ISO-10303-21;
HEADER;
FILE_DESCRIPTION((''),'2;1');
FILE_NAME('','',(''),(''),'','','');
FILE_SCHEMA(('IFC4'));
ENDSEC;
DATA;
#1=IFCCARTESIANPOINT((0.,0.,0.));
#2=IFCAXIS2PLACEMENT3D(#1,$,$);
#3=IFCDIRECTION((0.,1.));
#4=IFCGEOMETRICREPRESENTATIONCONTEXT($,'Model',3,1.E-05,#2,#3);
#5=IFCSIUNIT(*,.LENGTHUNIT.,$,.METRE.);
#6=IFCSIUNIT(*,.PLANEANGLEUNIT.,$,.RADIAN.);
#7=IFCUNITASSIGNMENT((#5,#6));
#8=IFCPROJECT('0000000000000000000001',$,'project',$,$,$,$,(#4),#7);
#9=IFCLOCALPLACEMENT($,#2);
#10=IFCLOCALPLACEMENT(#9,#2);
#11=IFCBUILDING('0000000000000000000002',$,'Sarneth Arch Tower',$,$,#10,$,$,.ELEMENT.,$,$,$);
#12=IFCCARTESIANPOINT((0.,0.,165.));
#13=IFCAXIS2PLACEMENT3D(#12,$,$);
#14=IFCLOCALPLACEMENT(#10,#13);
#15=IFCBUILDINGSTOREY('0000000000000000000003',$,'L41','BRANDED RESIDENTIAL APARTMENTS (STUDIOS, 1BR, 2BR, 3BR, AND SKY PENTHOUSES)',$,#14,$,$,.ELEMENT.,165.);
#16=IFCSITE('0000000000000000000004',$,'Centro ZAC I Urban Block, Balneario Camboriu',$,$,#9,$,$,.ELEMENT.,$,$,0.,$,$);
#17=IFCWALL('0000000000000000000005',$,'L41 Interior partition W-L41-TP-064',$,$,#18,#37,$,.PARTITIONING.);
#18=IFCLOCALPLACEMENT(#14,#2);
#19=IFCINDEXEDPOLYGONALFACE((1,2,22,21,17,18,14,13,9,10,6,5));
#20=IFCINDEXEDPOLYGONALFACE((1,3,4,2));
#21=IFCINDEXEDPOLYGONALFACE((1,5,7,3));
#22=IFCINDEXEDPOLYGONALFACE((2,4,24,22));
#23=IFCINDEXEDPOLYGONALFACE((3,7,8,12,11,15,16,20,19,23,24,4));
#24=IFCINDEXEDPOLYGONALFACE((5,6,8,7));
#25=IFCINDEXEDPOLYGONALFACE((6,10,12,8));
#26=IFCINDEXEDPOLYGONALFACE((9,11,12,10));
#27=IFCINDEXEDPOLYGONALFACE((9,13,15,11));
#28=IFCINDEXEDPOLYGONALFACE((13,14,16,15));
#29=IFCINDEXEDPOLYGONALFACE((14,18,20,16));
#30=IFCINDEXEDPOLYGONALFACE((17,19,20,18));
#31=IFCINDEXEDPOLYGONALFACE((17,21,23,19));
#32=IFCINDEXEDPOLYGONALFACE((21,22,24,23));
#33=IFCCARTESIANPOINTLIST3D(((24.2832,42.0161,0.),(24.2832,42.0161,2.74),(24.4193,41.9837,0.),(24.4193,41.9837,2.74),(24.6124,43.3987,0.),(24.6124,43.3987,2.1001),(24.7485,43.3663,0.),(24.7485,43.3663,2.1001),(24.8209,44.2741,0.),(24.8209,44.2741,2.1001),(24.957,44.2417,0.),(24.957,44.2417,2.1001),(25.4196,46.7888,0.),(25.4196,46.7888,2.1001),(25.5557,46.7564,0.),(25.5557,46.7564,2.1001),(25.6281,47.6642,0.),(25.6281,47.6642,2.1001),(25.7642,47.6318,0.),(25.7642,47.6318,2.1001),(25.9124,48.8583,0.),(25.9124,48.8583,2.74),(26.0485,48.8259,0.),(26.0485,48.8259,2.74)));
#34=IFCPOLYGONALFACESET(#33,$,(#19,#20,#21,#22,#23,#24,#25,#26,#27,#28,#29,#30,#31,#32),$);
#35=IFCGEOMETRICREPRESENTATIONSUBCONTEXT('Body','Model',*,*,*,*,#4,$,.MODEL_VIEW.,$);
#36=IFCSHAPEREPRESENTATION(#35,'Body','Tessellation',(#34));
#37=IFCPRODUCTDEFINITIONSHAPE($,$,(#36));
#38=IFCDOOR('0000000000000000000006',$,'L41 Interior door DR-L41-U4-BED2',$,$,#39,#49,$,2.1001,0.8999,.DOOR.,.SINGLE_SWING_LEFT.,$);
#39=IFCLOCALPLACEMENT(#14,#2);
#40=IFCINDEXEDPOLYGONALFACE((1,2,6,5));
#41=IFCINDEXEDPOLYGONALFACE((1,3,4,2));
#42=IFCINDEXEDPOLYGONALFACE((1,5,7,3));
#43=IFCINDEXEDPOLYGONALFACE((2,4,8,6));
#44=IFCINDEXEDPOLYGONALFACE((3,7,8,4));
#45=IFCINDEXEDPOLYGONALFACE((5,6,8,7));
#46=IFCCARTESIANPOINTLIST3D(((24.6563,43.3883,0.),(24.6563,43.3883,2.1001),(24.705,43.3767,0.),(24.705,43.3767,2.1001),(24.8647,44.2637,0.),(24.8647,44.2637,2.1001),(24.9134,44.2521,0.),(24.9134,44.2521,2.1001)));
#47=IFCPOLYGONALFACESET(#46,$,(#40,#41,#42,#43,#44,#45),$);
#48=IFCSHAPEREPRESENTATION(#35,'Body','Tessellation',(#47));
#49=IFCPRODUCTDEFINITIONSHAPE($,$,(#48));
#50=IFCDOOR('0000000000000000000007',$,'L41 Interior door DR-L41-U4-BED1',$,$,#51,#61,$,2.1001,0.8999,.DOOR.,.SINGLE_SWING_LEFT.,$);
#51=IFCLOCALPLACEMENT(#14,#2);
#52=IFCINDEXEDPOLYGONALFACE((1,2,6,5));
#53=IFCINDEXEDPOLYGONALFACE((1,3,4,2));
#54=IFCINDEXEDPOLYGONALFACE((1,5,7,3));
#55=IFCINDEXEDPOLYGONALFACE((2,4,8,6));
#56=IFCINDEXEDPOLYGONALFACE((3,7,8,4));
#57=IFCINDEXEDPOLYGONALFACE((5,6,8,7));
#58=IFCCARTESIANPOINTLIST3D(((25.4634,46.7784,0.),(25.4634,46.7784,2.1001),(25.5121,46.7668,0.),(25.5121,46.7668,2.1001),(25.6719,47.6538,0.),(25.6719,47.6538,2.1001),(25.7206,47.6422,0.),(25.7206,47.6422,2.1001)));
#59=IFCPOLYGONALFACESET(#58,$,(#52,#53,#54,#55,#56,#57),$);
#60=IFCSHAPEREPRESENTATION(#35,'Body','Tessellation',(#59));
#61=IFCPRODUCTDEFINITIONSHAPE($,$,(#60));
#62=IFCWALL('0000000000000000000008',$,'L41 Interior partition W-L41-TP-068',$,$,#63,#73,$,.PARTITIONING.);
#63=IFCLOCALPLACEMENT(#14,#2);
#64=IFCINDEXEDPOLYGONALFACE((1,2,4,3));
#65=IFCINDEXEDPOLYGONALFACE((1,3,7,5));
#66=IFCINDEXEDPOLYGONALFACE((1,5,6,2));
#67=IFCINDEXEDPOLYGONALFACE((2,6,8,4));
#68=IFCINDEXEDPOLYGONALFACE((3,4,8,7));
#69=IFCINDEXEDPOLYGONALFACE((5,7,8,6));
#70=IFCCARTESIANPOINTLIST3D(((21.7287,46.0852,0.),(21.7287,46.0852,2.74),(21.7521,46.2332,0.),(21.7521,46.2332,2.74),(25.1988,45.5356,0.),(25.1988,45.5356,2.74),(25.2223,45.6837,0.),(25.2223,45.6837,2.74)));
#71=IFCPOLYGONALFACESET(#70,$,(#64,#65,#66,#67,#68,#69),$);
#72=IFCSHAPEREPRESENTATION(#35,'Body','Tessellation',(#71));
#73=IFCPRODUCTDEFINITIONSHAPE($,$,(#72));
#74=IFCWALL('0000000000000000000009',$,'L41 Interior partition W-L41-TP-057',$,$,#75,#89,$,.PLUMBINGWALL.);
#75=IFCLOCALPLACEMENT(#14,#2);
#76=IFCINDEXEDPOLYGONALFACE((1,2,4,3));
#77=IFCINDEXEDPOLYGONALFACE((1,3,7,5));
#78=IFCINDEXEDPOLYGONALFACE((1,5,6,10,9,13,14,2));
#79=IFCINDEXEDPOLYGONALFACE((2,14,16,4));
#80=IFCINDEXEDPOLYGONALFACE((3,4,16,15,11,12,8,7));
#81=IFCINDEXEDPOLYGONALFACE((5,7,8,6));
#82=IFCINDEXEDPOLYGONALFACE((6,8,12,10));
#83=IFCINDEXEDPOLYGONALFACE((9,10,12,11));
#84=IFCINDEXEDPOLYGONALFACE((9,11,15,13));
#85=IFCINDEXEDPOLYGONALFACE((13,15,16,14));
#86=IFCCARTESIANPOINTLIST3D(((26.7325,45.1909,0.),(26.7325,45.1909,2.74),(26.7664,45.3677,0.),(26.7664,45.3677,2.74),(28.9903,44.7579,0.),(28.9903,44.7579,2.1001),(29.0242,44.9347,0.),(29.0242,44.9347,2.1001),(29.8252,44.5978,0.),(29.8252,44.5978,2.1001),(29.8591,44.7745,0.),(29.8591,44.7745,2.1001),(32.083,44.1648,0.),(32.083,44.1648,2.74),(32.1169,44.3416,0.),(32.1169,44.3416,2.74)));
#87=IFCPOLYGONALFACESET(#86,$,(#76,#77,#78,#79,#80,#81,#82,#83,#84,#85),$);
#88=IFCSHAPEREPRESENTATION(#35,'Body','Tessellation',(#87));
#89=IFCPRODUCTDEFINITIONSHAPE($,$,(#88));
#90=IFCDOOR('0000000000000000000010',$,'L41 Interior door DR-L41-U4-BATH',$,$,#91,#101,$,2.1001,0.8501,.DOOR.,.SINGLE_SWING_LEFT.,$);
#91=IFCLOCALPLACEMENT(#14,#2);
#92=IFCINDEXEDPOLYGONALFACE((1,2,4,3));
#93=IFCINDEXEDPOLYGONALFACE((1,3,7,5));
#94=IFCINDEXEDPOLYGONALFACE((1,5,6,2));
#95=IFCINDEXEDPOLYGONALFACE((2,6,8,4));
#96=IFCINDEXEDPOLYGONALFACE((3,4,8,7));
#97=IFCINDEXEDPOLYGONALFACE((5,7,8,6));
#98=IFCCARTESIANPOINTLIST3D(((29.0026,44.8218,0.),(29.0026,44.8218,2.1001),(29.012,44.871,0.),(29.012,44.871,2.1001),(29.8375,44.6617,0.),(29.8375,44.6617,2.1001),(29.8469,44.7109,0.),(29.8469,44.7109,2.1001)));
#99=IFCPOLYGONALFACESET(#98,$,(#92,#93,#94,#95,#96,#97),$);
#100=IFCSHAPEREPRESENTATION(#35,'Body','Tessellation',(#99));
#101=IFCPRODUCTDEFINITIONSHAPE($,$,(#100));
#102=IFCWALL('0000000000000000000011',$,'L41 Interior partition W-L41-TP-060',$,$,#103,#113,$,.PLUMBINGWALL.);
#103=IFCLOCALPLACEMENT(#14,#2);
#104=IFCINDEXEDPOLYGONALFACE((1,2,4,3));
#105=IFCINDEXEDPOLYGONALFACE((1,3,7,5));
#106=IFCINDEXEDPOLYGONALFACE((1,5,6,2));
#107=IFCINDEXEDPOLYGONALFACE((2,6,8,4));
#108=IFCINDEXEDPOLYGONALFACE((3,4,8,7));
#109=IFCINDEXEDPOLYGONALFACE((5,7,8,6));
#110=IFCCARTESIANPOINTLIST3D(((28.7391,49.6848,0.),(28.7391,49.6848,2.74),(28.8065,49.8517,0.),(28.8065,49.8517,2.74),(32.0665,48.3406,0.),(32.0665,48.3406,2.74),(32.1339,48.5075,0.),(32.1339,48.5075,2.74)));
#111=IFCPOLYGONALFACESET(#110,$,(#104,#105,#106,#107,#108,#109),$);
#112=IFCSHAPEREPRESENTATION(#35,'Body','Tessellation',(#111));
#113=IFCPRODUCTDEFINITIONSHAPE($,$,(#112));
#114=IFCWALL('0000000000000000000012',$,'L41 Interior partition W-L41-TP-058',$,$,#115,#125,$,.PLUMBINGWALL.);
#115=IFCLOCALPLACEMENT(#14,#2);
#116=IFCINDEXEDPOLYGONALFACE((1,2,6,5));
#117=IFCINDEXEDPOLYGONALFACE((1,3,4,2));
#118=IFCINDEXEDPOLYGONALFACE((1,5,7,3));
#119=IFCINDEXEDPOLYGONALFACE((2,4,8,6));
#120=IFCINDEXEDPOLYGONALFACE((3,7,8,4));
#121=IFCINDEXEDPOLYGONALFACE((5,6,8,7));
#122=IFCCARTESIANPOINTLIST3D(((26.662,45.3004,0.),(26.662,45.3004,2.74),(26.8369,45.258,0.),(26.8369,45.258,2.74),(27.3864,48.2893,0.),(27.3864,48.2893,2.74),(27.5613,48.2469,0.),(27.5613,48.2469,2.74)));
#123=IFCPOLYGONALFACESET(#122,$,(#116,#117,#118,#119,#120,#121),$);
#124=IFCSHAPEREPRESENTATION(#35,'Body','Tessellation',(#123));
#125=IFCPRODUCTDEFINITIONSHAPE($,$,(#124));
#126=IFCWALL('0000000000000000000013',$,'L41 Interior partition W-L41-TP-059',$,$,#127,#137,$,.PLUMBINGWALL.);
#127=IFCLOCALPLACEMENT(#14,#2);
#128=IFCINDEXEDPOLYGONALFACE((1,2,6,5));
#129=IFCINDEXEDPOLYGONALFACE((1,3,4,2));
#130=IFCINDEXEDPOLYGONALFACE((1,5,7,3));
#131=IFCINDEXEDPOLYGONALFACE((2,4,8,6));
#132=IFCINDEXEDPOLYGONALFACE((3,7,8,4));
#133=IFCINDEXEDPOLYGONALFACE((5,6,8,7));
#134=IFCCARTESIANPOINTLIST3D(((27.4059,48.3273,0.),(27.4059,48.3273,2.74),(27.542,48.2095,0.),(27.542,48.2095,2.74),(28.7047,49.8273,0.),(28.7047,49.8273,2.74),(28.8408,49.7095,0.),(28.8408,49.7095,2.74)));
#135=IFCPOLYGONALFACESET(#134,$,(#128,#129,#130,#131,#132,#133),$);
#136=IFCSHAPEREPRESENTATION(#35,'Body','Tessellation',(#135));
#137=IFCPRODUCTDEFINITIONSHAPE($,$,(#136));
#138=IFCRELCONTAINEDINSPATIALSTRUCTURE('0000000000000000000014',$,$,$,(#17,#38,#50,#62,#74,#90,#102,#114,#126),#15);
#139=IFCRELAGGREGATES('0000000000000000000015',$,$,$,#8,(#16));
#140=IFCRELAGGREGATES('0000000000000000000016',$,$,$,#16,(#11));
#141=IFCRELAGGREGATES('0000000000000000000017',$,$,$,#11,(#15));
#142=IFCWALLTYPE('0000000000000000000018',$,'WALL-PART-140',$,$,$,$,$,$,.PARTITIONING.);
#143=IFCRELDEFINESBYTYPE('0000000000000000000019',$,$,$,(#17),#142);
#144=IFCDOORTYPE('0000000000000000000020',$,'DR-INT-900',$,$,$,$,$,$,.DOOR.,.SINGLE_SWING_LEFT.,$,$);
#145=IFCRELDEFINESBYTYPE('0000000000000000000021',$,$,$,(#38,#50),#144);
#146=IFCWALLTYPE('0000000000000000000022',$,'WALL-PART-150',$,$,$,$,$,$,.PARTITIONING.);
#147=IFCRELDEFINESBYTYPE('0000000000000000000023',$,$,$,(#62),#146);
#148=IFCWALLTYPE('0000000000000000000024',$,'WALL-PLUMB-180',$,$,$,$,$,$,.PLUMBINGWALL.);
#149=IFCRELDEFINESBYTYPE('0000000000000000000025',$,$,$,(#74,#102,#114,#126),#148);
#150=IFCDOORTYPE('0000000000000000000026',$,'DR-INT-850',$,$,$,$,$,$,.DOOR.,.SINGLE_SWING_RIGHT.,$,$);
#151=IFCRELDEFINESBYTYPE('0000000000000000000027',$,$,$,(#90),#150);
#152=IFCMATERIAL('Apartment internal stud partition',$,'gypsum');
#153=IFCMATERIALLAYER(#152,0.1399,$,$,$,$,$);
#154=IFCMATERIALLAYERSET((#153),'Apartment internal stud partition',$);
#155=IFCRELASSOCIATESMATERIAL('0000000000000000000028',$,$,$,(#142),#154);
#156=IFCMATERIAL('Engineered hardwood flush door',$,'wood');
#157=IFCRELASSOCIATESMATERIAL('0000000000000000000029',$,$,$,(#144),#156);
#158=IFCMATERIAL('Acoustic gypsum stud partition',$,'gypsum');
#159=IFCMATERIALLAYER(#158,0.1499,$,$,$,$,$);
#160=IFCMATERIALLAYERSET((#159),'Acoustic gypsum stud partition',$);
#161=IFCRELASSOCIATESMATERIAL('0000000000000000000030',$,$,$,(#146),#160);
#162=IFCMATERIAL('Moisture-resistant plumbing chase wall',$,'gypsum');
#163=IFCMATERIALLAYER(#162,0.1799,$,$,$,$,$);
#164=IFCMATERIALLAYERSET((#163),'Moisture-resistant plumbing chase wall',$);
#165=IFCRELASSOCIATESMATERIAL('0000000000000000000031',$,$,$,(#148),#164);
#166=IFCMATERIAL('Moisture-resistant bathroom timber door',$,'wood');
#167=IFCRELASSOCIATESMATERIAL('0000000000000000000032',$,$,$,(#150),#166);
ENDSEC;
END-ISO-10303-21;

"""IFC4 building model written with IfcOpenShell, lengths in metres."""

from ifc_helpers import new_model, si_unit, direction, frame, frame_2d, origin, place, context, subcontext, project, spatial, rectangle, extrude, material, layer, layer_set, type_object, element, fill, save


model = new_model("IFC4")

# Units and contexts
model_context = context("Model", 3, precision=1e-05, world=origin(), true_north=direction((0.0, 1.0)))
body_context = subcontext(model_context, "Body", "Model", "MODEL_VIEW")
ifc_project = project(units=[si_unit("LENGTHUNIT", "METRE"), si_unit("PLANEANGLEUNIT", "RADIAN")], contexts=[model_context])

# Site, building, storey
site_placement = place(None, origin())
site = spatial("IfcSite", under=ifc_project, at=site_placement, Name="Centro ZAC I Urban Block, Balneario Camboriu", CompositionType="ELEMENT", RefElevation=0.0)
building_placement = place(site_placement, origin())
building = spatial("IfcBuilding", under=site, at=building_placement, Name="Sarneth Arch Tower", CompositionType="ELEMENT")
storey_placement = place(building_placement, frame((0.0, 0.0, 165.0)))
storey = spatial("IfcBuildingStorey", under=building, at=storey_placement, Name="L41", Description="BRANDED RESIDENTIAL APARTMENTS (STUDIOS, 1BR, 2BR, 3BR, AND SKY PENTHOUSES)", CompositionType="ELEMENT", Elevation=165.0)

# Wall, openings, doors
ifc_material_1 = material(Name="Apartment internal stud partition", Category="gypsum")
ifc_layer_1 = layer(ifc_material_1, 0.1399)
ifc_layer_set_1 = layer_set([ifc_layer_1], Name="Apartment internal stud partition")
wall_type_1 = type_object("IfcWallType", Name="WALL-PART-140", PredefinedType="PARTITIONING", material=ifc_layer_set_1)
wall_1_placement = place(storey_placement, frame((24.3513, 42.0, 0.0), z_axis=(0.0, 0.0, 1.0), x_axis=(0.231625, 0.972805, 0.0)))
wall_1 = element("IfcWall", 1, at=wall_1_placement, inside=storey, type_object=wall_type_1, Name="L41 Interior partition W-L41-TP-064", PredefinedType="PARTITIONING", context=body_context, shape_type="SweptSolid", body=[
    extrude(rectangle(XDim=7.0334, YDim=0.1399, at=frame_2d((3.5166, 0.0))), origin(), (0.0, 0.0, 1.0), 2.74),
])
opening_1_placement = place(wall_1_placement, frame((1.4211, 0.0, 0.0)))
opening_1 = element("IfcOpeningElement", 2, at=opening_1_placement, cuts=wall_1, PredefinedType="OPENING", context=body_context, shape_type="SweptSolid", body=[
    extrude(rectangle(XDim=0.8999, YDim=2.1001, at=frame_2d((0.45, 1.05))), frame((0.0, 0.0798, 0.0), z_axis=(0.0, -1.0, 0.0), x_axis=(1.0, 0.0, 0.0)), (0.0, 0.0, 1.0), 0.1599),
])
opening_2_placement = place(wall_1_placement, frame((4.906, 0.0, 0.0)))
opening_2 = element("IfcOpeningElement", 3, at=opening_2_placement, cuts=wall_1, PredefinedType="OPENING", context=body_context, shape_type="SweptSolid", body=[
    extrude(rectangle(XDim=0.8999, YDim=2.1001, at=frame_2d((0.45, 1.05))), frame((0.0, 0.0798, 0.0), z_axis=(0.0, -1.0, 0.0), x_axis=(1.0, 0.0, 0.0)), (0.0, 0.0, 1.0), 0.1599),
])
ifc_material_2 = material(Name="Engineered hardwood flush door", Category="wood")
door_type_1 = type_object("IfcDoorType", Name="DR-INT-900", OperationType="SINGLE_SWING_LEFT", PredefinedType="DOOR", material=ifc_material_2)
door_1_placement = place(opening_1_placement, origin())
door_1 = element("IfcDoor", 4, at=door_1_placement, inside=storey, type_object=door_type_1, Name="L41 Interior door DR-L41-U4-BED2", OperationType="SINGLE_SWING_LEFT", OverallHeight=2.1001, OverallWidth=0.8999, PredefinedType="DOOR", context=body_context, shape_type="SweptSolid", body=[
    extrude(rectangle(XDim=0.8999, YDim=2.1001, at=frame_2d((0.45, 1.05))), frame((0.0, 0.0249, 0.0), z_axis=(0.0, -1.0, 0.0), x_axis=(1.0, 0.0, 0.0)), (0.0, 0.0, 1.0), 0.05),
])
fill(opening_1, door_1)
door_2_placement = place(opening_2_placement, origin())
door_2 = element("IfcDoor", 5, at=door_2_placement, inside=storey, type_object=door_type_1, Name="L41 Interior door DR-L41-U4-BED1", OperationType="SINGLE_SWING_LEFT", OverallHeight=2.1001, OverallWidth=0.8999, PredefinedType="DOOR", context=body_context, shape_type="SweptSolid", body=[
    extrude(rectangle(XDim=0.8999, YDim=2.1001, at=frame_2d((0.45, 1.05))), frame((0.0, 0.0249, 0.0), z_axis=(0.0, -1.0, 0.0), x_axis=(1.0, 0.0, 0.0)), (0.0, 0.0, 1.0), 0.05),
])
fill(opening_2, door_2)

# Wall
ifc_material_3 = material(Name="Acoustic gypsum stud partition", Category="gypsum")
ifc_layer_2 = layer(ifc_material_3, 0.1499)
ifc_layer_set_2 = layer_set([ifc_layer_2], Name="Acoustic gypsum stud partition")
wall_type_2 = type_object("IfcWallType", Name="WALL-PART-150", PredefinedType="PARTITIONING", material=ifc_layer_set_2)
wall_2_placement = place(storey_placement, frame((25.2107, 45.6096, 0.0), z_axis=(0.0, 0.0, 1.0), x_axis=(-0.987691, 0.156416, 0.0)))
element("IfcWall", 6, at=wall_2_placement, inside=storey, type_object=wall_type_2, Name="L41 Interior partition W-L41-TP-068", PredefinedType="PARTITIONING", context=body_context, shape_type="SweptSolid", body=[
    extrude(rectangle(XDim=3.5134, YDim=0.1499, at=frame_2d((1.7568, 0.0))), origin(), (0.0, 0.0, 1.0), 2.74),
])

# Wall, opening, door
ifc_material_4 = material(Name="Moisture-resistant plumbing chase wall", Category="gypsum")
ifc_layer_3 = layer(ifc_material_4, 0.1799)
ifc_layer_set_3 = layer_set([ifc_layer_3], Name="Moisture-resistant plumbing chase wall")
wall_type_3 = type_object("IfcWallType", Name="WALL-PLUMB-180", PredefinedType="PLUMBINGWALL", material=ifc_layer_set_3)
wall_3_placement = place(storey_placement, frame((32.1001, 44.2532, 0.0), z_axis=(0.0, 0.0, 1.0), x_axis=(-0.982103, 0.188345, 0.0)))
wall_3 = element("IfcWall", 7, at=wall_3_placement, inside=storey, type_object=wall_type_3, Name="L41 Interior partition W-L41-TP-057", PredefinedType="PLUMBINGWALL", context=body_context, shape_type="SweptSolid", body=[
    extrude(rectangle(XDim=5.448, YDim=0.1799, at=frame_2d((2.7241, 0.0))), origin(), (0.0, 0.0, 1.0), 2.74),
])
opening_3_placement = place(wall_3_placement, frame((2.2991, 0.0, 0.0)))
opening_3 = element("IfcOpeningElement", 8, at=opening_3_placement, cuts=wall_3, PredefinedType="OPENING", context=body_context, shape_type="SweptSolid", body=[
    extrude(rectangle(XDim=0.8501, YDim=2.1001, at=frame_2d((0.425, 1.05))), frame((0.0, 0.0999, 0.0), z_axis=(0.0, -1.0, 0.0), x_axis=(1.0, 0.0, 0.0)), (0.0, 0.0, 1.0), 0.2),
])
ifc_material_5 = material(Name="Moisture-resistant bathroom timber door", Category="wood")
door_type_2 = type_object("IfcDoorType", Name="DR-INT-850", OperationType="SINGLE_SWING_RIGHT", PredefinedType="DOOR", material=ifc_material_5)
door_3_placement = place(opening_3_placement, origin())
door_3 = element("IfcDoor", 9, at=door_3_placement, inside=storey, type_object=door_type_2, Name="L41 Interior door DR-L41-U4-BATH", OperationType="SINGLE_SWING_LEFT", OverallHeight=2.1001, OverallWidth=0.8501, PredefinedType="DOOR", context=body_context, shape_type="SweptSolid", body=[
    extrude(rectangle(XDim=0.8501, YDim=2.1001, at=frame_2d((0.425, 1.05))), frame((0.0, 0.0249, 0.0), z_axis=(0.0, -1.0, 0.0), x_axis=(1.0, 0.0, 0.0)), (0.0, 0.0, 1.0), 0.05),
])
fill(opening_3, door_3)

# Walls
wall_4_placement = place(storey_placement, frame((28.7727, 49.7683, 0.0), z_axis=(0.0, 0.0, 1.0), x_axis=(0.927195, -0.374579, 0.0)))
element("IfcWall", 10, at=wall_4_placement, inside=storey, type_object=wall_type_3, Name="L41 Interior partition W-L41-TP-060", PredefinedType="PLUMBINGWALL", context=body_context, shape_type="SweptSolid", body=[
    extrude(rectangle(XDim=3.5886, YDim=0.1799, at=frame_2d((1.7944, 0.0))), origin(), (0.0, 0.0, 1.0), 2.74),
])
wall_5_placement = place(storey_placement, frame((26.7495, 45.2793, 0.0), z_axis=(0.0, 0.0, 1.0), x_axis=(0.235525, 0.971868, 0.0)))
element("IfcWall", 11, at=wall_5_placement, inside=storey, type_object=wall_type_3, Name="L41 Interior partition W-L41-TP-058", PredefinedType="PLUMBINGWALL", context=body_context, shape_type="SweptSolid", body=[
    extrude(rectangle(XDim=3.0754, YDim=0.1799, at=frame_2d((1.5376, 0.0))), origin(), (0.0, 0.0, 1.0), 2.74),
])
wall_6_placement = place(storey_placement, frame((27.4739, 48.2683, 0.0), z_axis=(0.0, 0.0, 1.0), x_axis=(0.654593, 0.755981, 0.0)))
element("IfcWall", 12, at=wall_6_placement, inside=storey, type_object=wall_type_3, Name="L41 Interior partition W-L41-TP-059", PredefinedType="PLUMBINGWALL", context=body_context, shape_type="SweptSolid", body=[
    extrude(rectangle(XDim=1.9841, YDim=0.1799, at=frame_2d((0.9922, 0.0))), origin(), (0.0, 0.0, 1.0), 2.74),
])

save(model, "model.ifc")
